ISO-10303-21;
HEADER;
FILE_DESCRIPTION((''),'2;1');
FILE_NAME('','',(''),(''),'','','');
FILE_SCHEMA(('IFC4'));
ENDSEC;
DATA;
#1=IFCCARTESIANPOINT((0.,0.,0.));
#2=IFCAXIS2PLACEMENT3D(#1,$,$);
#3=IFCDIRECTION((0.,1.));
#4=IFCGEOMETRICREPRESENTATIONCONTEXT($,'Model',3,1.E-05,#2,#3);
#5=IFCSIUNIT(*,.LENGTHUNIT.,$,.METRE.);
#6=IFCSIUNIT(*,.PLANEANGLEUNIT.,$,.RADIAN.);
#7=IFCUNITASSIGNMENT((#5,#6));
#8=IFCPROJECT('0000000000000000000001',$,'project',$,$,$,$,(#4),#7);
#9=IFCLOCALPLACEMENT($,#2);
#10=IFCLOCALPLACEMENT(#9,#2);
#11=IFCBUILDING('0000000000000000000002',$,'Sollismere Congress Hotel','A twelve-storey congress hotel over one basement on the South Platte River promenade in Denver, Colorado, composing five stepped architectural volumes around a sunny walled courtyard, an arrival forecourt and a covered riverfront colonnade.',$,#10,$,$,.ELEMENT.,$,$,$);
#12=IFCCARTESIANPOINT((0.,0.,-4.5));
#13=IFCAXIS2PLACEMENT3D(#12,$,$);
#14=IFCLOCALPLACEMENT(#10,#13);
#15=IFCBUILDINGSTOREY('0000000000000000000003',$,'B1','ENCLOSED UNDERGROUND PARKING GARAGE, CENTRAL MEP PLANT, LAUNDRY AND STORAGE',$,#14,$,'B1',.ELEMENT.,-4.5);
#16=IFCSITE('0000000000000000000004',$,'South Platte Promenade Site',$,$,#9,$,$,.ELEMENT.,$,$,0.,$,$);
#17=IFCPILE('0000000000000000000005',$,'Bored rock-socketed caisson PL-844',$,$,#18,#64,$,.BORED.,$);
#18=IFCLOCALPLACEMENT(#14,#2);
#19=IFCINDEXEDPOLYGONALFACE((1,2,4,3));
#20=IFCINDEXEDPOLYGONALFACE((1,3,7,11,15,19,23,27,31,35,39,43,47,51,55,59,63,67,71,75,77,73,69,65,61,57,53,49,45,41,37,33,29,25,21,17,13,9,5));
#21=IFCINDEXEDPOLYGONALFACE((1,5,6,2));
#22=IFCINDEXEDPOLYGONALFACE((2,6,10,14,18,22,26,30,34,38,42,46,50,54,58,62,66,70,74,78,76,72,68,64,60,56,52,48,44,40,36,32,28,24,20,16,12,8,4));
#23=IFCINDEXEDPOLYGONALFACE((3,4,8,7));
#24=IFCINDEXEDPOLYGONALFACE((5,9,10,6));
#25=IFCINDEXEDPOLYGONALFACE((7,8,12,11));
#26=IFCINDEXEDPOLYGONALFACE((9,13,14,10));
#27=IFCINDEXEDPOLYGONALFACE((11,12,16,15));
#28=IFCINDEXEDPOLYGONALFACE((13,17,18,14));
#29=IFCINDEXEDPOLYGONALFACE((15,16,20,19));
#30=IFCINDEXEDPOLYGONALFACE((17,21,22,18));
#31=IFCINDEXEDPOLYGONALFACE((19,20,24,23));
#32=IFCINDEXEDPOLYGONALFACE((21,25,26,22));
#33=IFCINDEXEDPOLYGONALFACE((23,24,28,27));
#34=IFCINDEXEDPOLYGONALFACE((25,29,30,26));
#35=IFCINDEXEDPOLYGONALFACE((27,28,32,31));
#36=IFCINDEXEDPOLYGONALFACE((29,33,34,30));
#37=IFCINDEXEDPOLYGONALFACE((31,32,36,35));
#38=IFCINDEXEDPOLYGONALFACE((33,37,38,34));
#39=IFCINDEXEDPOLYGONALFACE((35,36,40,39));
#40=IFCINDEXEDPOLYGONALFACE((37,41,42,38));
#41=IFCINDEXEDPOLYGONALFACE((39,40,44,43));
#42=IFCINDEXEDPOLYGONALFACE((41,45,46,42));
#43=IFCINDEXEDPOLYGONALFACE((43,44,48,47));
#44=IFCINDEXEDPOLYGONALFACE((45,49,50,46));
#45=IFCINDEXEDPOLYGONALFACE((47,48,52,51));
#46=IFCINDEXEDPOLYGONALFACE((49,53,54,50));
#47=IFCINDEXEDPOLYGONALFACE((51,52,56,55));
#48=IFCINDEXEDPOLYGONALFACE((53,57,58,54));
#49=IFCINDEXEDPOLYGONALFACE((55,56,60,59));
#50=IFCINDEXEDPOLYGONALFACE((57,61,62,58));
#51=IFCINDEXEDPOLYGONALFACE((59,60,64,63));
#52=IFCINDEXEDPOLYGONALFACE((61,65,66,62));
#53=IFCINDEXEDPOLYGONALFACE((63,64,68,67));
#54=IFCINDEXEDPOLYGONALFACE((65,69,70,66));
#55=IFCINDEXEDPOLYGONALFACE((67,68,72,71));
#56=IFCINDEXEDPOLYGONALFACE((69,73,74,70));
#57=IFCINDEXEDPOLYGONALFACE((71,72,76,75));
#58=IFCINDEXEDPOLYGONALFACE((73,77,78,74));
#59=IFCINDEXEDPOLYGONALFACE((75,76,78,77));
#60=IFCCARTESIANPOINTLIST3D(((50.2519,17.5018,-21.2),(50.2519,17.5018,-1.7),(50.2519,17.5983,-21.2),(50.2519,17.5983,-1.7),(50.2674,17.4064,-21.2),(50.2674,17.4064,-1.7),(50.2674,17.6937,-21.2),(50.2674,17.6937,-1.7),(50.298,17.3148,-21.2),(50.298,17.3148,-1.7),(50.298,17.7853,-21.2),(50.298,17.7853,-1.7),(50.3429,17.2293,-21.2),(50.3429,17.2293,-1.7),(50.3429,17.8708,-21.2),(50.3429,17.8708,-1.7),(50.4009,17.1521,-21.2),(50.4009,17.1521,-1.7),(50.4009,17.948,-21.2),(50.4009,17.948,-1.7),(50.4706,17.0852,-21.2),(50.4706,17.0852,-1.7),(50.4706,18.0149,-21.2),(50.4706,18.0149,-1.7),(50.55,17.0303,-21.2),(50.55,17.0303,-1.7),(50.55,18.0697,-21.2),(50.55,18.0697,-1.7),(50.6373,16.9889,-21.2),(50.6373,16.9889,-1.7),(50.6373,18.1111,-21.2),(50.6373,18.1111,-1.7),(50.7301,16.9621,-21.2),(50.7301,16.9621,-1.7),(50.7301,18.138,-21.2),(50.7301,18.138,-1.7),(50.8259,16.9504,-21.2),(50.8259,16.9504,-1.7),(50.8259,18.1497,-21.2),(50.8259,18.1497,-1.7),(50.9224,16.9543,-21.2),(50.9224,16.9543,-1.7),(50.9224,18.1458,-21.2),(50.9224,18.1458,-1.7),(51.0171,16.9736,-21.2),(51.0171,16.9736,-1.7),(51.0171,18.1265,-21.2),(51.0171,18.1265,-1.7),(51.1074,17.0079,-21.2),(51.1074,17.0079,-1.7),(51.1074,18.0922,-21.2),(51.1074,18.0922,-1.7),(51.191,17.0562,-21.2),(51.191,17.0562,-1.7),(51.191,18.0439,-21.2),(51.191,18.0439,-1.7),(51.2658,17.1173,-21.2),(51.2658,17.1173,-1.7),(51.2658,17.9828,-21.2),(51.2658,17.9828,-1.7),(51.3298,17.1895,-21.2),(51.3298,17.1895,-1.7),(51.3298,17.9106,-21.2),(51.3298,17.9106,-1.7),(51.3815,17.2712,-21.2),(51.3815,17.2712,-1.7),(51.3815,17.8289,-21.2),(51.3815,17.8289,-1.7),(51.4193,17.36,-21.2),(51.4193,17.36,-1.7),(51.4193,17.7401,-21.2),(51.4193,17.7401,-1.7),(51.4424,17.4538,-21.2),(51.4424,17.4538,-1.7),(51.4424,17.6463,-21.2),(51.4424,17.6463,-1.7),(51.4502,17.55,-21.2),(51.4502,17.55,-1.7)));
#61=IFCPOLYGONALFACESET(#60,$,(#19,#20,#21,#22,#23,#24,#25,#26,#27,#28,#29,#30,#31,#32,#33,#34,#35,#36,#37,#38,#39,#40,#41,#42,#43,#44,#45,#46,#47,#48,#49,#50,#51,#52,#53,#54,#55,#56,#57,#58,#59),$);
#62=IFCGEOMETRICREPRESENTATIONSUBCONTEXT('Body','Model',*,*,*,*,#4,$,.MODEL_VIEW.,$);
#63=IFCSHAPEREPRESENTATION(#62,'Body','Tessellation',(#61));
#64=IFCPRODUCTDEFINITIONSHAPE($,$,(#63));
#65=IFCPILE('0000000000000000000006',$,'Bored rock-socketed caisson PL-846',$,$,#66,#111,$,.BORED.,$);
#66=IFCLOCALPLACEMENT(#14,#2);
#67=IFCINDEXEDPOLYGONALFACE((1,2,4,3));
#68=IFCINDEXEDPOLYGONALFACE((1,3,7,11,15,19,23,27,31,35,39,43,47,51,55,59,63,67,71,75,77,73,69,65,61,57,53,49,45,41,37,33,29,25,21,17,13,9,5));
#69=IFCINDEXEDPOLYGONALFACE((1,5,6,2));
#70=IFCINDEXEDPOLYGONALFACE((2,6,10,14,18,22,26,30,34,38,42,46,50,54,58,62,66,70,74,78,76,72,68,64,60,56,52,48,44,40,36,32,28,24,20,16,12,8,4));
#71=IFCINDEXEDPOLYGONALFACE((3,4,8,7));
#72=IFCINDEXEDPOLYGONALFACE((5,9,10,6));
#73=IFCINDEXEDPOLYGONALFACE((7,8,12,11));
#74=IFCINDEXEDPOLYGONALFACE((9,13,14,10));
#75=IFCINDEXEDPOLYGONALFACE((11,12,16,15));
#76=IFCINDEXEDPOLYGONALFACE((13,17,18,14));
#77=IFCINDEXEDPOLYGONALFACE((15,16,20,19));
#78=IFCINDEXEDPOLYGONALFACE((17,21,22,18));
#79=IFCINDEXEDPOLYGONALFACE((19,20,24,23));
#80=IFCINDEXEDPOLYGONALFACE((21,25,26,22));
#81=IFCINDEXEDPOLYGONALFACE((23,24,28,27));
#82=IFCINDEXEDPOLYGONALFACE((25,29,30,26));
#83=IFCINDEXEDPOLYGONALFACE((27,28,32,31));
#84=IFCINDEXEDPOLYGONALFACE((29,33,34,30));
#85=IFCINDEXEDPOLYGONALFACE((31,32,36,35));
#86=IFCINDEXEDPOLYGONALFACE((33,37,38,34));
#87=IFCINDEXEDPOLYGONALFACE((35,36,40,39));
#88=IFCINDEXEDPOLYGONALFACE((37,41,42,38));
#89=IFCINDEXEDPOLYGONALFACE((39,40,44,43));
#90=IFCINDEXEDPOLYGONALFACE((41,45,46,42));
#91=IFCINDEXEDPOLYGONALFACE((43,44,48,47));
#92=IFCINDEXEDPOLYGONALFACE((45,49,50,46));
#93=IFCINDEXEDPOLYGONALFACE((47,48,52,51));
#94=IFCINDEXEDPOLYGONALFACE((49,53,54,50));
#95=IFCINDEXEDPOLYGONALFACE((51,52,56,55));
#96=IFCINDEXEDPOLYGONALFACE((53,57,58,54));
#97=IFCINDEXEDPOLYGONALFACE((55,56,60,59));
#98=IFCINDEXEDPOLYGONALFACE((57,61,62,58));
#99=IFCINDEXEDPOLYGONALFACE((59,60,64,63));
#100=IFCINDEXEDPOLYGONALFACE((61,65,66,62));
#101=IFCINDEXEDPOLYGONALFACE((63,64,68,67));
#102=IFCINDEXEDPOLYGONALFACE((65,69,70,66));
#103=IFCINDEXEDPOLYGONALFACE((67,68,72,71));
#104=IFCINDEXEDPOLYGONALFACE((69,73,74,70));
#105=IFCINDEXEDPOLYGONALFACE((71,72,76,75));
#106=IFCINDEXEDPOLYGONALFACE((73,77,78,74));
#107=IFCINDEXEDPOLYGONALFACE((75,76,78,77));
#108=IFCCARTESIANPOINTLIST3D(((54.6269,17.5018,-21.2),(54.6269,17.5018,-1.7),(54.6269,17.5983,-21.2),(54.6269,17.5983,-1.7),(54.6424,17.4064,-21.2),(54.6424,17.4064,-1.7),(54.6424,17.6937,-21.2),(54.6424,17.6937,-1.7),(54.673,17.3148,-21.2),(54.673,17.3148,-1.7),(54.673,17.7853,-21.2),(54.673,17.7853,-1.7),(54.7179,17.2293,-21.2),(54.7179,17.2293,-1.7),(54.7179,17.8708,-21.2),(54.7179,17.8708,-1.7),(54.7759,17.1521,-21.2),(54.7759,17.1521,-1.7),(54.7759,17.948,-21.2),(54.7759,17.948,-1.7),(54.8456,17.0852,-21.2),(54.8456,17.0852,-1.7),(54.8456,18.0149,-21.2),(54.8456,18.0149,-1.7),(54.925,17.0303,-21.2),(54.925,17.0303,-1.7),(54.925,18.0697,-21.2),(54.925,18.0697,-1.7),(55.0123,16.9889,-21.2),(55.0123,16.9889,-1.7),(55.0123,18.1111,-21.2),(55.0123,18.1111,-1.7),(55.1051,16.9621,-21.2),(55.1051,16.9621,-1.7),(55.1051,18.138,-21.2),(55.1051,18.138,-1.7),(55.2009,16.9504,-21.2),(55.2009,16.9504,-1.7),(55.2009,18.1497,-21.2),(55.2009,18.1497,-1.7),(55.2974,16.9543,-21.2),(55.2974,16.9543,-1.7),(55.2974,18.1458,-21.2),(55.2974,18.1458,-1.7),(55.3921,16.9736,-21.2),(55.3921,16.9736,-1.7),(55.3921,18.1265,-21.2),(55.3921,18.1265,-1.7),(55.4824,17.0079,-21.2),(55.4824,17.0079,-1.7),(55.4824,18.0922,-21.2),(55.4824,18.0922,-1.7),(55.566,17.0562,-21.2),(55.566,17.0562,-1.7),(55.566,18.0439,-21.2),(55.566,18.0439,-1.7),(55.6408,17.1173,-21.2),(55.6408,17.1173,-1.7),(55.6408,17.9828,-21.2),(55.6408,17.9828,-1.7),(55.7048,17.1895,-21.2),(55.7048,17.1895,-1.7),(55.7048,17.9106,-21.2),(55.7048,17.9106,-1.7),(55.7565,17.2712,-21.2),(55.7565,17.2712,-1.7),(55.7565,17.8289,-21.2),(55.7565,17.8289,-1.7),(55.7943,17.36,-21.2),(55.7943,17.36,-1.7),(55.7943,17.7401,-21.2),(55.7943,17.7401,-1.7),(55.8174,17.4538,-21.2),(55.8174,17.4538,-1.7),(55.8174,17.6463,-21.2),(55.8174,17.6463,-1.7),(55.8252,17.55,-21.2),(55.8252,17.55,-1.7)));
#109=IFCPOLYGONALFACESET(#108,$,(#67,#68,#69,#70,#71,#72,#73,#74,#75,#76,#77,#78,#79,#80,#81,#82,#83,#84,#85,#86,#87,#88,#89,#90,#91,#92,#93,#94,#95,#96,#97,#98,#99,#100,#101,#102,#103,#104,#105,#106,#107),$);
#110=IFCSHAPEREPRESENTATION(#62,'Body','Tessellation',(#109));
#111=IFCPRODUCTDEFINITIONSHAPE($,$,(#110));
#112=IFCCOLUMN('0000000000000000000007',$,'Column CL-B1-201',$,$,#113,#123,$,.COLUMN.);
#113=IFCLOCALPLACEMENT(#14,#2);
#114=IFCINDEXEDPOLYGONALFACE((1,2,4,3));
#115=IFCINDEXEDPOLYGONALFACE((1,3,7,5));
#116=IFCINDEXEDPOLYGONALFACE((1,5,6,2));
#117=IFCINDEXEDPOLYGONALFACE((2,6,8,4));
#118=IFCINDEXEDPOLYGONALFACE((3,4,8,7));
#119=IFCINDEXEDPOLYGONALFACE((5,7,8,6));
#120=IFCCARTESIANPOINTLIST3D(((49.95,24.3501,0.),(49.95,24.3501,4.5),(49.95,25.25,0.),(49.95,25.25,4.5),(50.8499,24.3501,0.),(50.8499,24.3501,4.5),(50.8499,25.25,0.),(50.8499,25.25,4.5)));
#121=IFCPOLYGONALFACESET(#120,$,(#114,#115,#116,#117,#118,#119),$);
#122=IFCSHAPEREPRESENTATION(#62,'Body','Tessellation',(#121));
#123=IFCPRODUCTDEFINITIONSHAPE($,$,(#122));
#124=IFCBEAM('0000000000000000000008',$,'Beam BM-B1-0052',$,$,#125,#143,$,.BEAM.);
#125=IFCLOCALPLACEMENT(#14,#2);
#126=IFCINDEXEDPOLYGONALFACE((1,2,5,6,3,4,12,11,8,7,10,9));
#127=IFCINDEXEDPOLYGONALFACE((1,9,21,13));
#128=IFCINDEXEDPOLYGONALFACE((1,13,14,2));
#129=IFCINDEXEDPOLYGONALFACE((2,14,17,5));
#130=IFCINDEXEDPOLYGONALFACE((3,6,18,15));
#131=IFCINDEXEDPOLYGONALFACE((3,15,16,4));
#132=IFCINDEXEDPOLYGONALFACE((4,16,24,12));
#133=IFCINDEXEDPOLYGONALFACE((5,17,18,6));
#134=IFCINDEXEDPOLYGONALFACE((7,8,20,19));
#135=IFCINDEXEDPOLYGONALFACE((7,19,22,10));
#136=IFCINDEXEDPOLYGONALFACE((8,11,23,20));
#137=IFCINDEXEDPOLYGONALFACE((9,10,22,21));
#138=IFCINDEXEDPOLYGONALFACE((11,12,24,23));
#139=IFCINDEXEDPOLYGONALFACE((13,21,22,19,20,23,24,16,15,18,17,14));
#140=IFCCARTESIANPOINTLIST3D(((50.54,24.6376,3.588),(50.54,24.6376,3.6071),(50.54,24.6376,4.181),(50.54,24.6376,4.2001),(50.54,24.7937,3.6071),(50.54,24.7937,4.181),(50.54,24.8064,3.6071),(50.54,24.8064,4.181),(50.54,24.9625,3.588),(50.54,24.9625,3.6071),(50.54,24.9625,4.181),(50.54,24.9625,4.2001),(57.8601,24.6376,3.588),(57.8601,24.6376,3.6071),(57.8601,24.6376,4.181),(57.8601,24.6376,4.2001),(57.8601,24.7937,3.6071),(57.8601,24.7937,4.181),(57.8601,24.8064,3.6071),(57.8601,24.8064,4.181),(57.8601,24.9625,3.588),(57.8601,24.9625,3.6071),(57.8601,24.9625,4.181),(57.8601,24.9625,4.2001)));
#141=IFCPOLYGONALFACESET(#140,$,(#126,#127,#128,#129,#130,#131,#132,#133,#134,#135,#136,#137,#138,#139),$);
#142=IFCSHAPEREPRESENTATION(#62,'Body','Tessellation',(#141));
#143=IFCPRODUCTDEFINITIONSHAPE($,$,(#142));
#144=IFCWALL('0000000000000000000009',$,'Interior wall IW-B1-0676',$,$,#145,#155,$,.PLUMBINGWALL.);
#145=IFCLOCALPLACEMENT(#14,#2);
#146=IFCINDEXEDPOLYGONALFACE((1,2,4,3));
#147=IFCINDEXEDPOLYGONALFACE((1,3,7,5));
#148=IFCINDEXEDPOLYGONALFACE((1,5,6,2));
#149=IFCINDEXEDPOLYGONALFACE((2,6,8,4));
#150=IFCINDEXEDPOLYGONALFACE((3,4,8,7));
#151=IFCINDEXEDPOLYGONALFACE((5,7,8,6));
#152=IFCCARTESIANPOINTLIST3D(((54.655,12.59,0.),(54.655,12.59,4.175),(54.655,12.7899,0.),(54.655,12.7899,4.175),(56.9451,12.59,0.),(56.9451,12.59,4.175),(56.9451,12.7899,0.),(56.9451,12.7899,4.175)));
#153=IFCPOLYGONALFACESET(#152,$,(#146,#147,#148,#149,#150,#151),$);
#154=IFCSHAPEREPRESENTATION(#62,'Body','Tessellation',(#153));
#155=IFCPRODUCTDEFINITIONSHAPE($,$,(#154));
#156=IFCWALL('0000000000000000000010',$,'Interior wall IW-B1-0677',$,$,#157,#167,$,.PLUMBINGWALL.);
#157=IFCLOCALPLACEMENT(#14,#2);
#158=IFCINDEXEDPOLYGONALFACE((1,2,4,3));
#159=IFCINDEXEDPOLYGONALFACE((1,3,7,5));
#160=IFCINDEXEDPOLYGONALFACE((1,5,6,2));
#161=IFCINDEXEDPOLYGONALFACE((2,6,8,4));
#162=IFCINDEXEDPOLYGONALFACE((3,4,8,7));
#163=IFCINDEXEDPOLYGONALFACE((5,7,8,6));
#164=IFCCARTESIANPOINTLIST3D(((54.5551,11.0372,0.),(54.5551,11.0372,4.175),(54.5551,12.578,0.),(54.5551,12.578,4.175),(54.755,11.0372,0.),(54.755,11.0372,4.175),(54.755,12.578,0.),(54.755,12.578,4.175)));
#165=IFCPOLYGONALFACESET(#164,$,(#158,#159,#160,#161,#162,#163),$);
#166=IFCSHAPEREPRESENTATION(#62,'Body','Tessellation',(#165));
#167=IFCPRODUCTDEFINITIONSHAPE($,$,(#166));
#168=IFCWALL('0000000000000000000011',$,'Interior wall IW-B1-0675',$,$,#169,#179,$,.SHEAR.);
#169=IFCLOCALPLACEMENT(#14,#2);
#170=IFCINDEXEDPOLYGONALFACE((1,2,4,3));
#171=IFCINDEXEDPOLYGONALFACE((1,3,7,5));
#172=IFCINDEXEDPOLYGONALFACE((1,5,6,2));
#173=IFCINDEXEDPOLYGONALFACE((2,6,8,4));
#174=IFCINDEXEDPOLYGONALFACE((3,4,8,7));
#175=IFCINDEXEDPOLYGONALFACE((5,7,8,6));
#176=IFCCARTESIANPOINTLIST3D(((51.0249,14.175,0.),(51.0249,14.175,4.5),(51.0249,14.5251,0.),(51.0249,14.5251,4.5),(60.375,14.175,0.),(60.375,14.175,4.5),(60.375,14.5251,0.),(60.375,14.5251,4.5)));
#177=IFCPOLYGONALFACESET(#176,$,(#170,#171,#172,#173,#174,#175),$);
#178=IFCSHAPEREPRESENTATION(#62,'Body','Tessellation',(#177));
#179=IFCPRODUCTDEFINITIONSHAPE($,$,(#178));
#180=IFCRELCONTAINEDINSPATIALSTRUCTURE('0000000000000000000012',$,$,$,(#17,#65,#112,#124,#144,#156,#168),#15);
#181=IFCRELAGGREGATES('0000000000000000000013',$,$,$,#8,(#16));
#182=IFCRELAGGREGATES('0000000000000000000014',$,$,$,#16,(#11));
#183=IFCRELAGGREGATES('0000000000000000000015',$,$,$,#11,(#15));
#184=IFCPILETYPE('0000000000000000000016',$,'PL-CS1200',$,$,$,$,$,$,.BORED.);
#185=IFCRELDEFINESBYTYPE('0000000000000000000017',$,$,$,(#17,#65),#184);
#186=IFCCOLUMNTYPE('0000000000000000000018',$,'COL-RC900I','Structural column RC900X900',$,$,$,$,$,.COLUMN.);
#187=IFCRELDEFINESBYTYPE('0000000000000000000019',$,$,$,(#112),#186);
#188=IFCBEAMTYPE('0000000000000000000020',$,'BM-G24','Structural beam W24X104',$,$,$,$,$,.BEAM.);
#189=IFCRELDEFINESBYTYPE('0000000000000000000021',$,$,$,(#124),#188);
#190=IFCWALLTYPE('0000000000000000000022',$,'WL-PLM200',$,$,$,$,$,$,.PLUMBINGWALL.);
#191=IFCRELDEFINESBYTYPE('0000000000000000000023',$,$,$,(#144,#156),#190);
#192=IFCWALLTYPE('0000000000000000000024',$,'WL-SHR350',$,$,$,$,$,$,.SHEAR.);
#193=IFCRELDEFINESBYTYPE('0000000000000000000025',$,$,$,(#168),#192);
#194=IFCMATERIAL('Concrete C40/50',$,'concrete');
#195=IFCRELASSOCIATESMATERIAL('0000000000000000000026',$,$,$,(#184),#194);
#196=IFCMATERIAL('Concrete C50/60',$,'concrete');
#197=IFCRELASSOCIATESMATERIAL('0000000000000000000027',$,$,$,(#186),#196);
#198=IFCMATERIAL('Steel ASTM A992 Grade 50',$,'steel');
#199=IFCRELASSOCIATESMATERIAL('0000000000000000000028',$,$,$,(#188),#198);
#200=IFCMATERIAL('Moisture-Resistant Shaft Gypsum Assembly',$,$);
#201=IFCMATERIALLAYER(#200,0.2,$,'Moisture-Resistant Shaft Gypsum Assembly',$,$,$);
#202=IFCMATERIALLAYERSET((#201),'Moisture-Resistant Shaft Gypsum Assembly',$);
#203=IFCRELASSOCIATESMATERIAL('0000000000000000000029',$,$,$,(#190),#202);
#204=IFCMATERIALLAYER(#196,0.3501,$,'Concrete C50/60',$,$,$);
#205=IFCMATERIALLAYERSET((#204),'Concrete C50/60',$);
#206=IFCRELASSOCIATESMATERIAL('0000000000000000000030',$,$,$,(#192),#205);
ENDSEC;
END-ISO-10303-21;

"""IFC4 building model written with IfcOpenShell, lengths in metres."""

from ifc_helpers import new_model, si_unit, direction, frame, frame_2d, origin, origin_2d, place, context, subcontext, project, spatial, rectangle, circle, i_section, extrude, material, layer, layer_set, material_profile, profile_set, type_object, element, save


model = new_model("IFC4")

# Units and contexts
model_context = context("Model", 3, precision=1e-05, world=origin(), true_north=direction((0.0, 1.0)))
body_context = subcontext(model_context, "Body", "Model", "MODEL_VIEW")
ifc_project = project(units=[si_unit("LENGTHUNIT", "METRE"), si_unit("PLANEANGLEUNIT", "RADIAN")], contexts=[model_context])

# Site, building, storey
site_placement = place(None, origin())
site = spatial("IfcSite", under=ifc_project, at=site_placement, Name="South Platte Promenade Site", CompositionType="ELEMENT", RefElevation=0.0)
building_placement = place(site_placement, origin())
building = spatial("IfcBuilding", under=site, at=building_placement, Name="Sollismere Congress Hotel", Description="A twelve-storey congress hotel over one basement on the South Platte River promenade in Denver, Colorado, composing five stepped architectural volumes around a sunny walled courtyard, an arrival forecourt and a covered riverfront colonnade.", CompositionType="ELEMENT")
storey_placement = place(building_placement, frame((0.0, 0.0, -4.5)))
storey = spatial("IfcBuildingStorey", under=building, at=storey_placement, Name="B1", Description="ENCLOSED UNDERGROUND PARKING GARAGE, CENTRAL MEP PLANT, LAUNDRY AND STORAGE", LongName="B1", CompositionType="ELEMENT", Elevation=-4.5)

# Shared definitions
ifc_material_1 = material(Name="Concrete C40/50", Category="concrete")

# Piles
ifc_material_profile_1 = material_profile(ifc_material_1, circle(Radius=0.6001, at=origin_2d()), Name="CAISSON1200")
ifc_profile_set_1 = profile_set([ifc_material_profile_1], Name="Concrete C40/50")
pile_type = type_object("IfcPileType", Name="PL-CS1200", PredefinedType="BORED", material=ifc_profile_set_1)
for number, where, z_axis, x_axis, name in (
    (1, (50.8501, 17.55, -1.7), (0.0, 0.0, -1.0), (1.0, 0.0, 0.0), "Bored rock-socketed caisson PL-844"),
    (2, (55.2251, 17.55, -1.7), (0.0, 0.0, -1.0), (1.0, 0.0, 0.0), "Bored rock-socketed caisson PL-846"),
):
    element("IfcPile", number, at=place(storey_placement, frame(where, z_axis=z_axis, x_axis=x_axis)), inside=storey, type_object=pile_type, Name=name, PredefinedType="BORED", context=body_context, shape_type="SweptSolid", body=[
        extrude(circle(Radius=0.6001, at=origin_2d()), origin(), (0.0, 0.0, 1.0), 19.5),
    ])

# Column
ifc_material_2 = material(Name="Concrete C50/60", Category="concrete")
ifc_material_profile_2 = material_profile(ifc_material_2, rectangle(XDim=0.8999, YDim=0.8999, at=origin_2d()), Name="RC900X900")
ifc_profile_set_2 = profile_set([ifc_material_profile_2], Name="Concrete C50/60")
column_type = type_object("IfcColumnType", Name="COL-RC900I", Description="Structural column RC900X900", PredefinedType="COLUMN", material=ifc_profile_set_2)
column_placement = place(storey_placement, frame((50.3999, 24.8, 0.0), z_axis=(0.0, 0.0, 1.0), x_axis=(0.0, 1.0, 0.0)))
element("IfcColumn", 3, at=column_placement, inside=storey, type_object=column_type, Name="Column CL-B1-201", PredefinedType="COLUMN", context=body_context, shape_type="SweptSolid", body=[
    extrude(rectangle(XDim=0.8999, YDim=0.8999, at=origin_2d()), origin(), (0.0, 0.0, 1.0), 4.5),
])

# Beam
ifc_material_3 = material(Name="Steel ASTM A992 Grade 50", Category="steel")
ifc_material_profile_3 = material_profile(ifc_material_3, i_section(OverallWidth=0.325, OverallDepth=0.6121, WebThickness=0.0127, FlangeThickness=0.019, at=origin_2d()), Name="W24X104")
ifc_profile_set_3 = profile_set([ifc_material_profile_3], Name="Steel ASTM A992 Grade 50")
beam_type = type_object("IfcBeamType", Name="BM-G24", Description="Structural beam W24X104", PredefinedType="BEAM", material=ifc_profile_set_3)
beam_placement = place(storey_placement, frame((50.54, 24.8, 3.894), z_axis=(1.0, 0.0, 0.0), x_axis=(0.0, 1.0, 0.0)))
element("IfcBeam", 4, at=beam_placement, inside=storey, type_object=beam_type, Name="Beam BM-B1-0052", PredefinedType="BEAM", context=body_context, shape_type="SweptSolid", body=[
    extrude(i_section(OverallWidth=0.325, OverallDepth=0.6121, WebThickness=0.0127, FlangeThickness=0.019, at=origin_2d()), origin(), (0.0, 0.0, 1.0), 7.3201),
])

# Walls
ifc_material_4 = material(Name="Moisture-Resistant Shaft Gypsum Assembly")
ifc_layer_1 = layer(ifc_material_4, 0.2, Name="Moisture-Resistant Shaft Gypsum Assembly")
ifc_layer_set_1 = layer_set([ifc_layer_1], Name="Moisture-Resistant Shaft Gypsum Assembly")
wall_type_1 = type_object("IfcWallType", Name="WL-PLM200", PredefinedType="PLUMBINGWALL", material=ifc_layer_set_1)
wall_1_placement = place(storey_placement, frame((54.655, 12.6899, 0.0), z_axis=(0.0, 0.0, 1.0), x_axis=(1.0, 0.0, 0.0)))
element("IfcWall", 5, at=wall_1_placement, inside=storey, type_object=wall_type_1, Name="Interior wall IW-B1-0676", PredefinedType="PLUMBINGWALL", context=body_context, shape_type="SweptSolid", body=[
    extrude(rectangle(XDim=2.29, YDim=0.2, at=frame_2d((1.145, 0.0))), origin(), (0.0, 0.0, 1.0), 4.175),
])
wall_2_placement = place(storey_placement, frame((54.655, 11.0371, 0.0), z_axis=(0.0, 0.0, 1.0), x_axis=(0.0, 1.0, 0.0)))
element("IfcWall", 6, at=wall_2_placement, inside=storey, type_object=wall_type_1, Name="Interior wall IW-B1-0677", PredefinedType="PLUMBINGWALL", context=body_context, shape_type="SweptSolid", body=[
    extrude(rectangle(XDim=1.5408, YDim=0.2, at=frame_2d((0.7705, 0.0))), origin(), (0.0, 0.0, 1.0), 4.175),
])
ifc_layer_2 = layer(ifc_material_2, 0.3501, Name="Concrete C50/60")
ifc_layer_set_2 = layer_set([ifc_layer_2], Name="Concrete C50/60")
wall_type_2 = type_object("IfcWallType", Name="WL-SHR350", PredefinedType="SHEAR", material=ifc_layer_set_2)
wall_3_placement = place(storey_placement, frame((51.0249, 14.3501, 0.0), z_axis=(0.0, 0.0, 1.0), x_axis=(1.0, 0.0, 0.0)))
element("IfcWall", 7, at=wall_3_placement, inside=storey, type_object=wall_type_2, Name="Interior wall IW-B1-0675", PredefinedType="SHEAR", context=body_context, shape_type="SweptSolid", body=[
    extrude(rectangle(XDim=9.3501, YDim=0.3501, at=frame_2d((4.675, 0.0))), origin(), (0.0, 0.0, 1.0), 4.5),
])

save(model, "model.ifc")
